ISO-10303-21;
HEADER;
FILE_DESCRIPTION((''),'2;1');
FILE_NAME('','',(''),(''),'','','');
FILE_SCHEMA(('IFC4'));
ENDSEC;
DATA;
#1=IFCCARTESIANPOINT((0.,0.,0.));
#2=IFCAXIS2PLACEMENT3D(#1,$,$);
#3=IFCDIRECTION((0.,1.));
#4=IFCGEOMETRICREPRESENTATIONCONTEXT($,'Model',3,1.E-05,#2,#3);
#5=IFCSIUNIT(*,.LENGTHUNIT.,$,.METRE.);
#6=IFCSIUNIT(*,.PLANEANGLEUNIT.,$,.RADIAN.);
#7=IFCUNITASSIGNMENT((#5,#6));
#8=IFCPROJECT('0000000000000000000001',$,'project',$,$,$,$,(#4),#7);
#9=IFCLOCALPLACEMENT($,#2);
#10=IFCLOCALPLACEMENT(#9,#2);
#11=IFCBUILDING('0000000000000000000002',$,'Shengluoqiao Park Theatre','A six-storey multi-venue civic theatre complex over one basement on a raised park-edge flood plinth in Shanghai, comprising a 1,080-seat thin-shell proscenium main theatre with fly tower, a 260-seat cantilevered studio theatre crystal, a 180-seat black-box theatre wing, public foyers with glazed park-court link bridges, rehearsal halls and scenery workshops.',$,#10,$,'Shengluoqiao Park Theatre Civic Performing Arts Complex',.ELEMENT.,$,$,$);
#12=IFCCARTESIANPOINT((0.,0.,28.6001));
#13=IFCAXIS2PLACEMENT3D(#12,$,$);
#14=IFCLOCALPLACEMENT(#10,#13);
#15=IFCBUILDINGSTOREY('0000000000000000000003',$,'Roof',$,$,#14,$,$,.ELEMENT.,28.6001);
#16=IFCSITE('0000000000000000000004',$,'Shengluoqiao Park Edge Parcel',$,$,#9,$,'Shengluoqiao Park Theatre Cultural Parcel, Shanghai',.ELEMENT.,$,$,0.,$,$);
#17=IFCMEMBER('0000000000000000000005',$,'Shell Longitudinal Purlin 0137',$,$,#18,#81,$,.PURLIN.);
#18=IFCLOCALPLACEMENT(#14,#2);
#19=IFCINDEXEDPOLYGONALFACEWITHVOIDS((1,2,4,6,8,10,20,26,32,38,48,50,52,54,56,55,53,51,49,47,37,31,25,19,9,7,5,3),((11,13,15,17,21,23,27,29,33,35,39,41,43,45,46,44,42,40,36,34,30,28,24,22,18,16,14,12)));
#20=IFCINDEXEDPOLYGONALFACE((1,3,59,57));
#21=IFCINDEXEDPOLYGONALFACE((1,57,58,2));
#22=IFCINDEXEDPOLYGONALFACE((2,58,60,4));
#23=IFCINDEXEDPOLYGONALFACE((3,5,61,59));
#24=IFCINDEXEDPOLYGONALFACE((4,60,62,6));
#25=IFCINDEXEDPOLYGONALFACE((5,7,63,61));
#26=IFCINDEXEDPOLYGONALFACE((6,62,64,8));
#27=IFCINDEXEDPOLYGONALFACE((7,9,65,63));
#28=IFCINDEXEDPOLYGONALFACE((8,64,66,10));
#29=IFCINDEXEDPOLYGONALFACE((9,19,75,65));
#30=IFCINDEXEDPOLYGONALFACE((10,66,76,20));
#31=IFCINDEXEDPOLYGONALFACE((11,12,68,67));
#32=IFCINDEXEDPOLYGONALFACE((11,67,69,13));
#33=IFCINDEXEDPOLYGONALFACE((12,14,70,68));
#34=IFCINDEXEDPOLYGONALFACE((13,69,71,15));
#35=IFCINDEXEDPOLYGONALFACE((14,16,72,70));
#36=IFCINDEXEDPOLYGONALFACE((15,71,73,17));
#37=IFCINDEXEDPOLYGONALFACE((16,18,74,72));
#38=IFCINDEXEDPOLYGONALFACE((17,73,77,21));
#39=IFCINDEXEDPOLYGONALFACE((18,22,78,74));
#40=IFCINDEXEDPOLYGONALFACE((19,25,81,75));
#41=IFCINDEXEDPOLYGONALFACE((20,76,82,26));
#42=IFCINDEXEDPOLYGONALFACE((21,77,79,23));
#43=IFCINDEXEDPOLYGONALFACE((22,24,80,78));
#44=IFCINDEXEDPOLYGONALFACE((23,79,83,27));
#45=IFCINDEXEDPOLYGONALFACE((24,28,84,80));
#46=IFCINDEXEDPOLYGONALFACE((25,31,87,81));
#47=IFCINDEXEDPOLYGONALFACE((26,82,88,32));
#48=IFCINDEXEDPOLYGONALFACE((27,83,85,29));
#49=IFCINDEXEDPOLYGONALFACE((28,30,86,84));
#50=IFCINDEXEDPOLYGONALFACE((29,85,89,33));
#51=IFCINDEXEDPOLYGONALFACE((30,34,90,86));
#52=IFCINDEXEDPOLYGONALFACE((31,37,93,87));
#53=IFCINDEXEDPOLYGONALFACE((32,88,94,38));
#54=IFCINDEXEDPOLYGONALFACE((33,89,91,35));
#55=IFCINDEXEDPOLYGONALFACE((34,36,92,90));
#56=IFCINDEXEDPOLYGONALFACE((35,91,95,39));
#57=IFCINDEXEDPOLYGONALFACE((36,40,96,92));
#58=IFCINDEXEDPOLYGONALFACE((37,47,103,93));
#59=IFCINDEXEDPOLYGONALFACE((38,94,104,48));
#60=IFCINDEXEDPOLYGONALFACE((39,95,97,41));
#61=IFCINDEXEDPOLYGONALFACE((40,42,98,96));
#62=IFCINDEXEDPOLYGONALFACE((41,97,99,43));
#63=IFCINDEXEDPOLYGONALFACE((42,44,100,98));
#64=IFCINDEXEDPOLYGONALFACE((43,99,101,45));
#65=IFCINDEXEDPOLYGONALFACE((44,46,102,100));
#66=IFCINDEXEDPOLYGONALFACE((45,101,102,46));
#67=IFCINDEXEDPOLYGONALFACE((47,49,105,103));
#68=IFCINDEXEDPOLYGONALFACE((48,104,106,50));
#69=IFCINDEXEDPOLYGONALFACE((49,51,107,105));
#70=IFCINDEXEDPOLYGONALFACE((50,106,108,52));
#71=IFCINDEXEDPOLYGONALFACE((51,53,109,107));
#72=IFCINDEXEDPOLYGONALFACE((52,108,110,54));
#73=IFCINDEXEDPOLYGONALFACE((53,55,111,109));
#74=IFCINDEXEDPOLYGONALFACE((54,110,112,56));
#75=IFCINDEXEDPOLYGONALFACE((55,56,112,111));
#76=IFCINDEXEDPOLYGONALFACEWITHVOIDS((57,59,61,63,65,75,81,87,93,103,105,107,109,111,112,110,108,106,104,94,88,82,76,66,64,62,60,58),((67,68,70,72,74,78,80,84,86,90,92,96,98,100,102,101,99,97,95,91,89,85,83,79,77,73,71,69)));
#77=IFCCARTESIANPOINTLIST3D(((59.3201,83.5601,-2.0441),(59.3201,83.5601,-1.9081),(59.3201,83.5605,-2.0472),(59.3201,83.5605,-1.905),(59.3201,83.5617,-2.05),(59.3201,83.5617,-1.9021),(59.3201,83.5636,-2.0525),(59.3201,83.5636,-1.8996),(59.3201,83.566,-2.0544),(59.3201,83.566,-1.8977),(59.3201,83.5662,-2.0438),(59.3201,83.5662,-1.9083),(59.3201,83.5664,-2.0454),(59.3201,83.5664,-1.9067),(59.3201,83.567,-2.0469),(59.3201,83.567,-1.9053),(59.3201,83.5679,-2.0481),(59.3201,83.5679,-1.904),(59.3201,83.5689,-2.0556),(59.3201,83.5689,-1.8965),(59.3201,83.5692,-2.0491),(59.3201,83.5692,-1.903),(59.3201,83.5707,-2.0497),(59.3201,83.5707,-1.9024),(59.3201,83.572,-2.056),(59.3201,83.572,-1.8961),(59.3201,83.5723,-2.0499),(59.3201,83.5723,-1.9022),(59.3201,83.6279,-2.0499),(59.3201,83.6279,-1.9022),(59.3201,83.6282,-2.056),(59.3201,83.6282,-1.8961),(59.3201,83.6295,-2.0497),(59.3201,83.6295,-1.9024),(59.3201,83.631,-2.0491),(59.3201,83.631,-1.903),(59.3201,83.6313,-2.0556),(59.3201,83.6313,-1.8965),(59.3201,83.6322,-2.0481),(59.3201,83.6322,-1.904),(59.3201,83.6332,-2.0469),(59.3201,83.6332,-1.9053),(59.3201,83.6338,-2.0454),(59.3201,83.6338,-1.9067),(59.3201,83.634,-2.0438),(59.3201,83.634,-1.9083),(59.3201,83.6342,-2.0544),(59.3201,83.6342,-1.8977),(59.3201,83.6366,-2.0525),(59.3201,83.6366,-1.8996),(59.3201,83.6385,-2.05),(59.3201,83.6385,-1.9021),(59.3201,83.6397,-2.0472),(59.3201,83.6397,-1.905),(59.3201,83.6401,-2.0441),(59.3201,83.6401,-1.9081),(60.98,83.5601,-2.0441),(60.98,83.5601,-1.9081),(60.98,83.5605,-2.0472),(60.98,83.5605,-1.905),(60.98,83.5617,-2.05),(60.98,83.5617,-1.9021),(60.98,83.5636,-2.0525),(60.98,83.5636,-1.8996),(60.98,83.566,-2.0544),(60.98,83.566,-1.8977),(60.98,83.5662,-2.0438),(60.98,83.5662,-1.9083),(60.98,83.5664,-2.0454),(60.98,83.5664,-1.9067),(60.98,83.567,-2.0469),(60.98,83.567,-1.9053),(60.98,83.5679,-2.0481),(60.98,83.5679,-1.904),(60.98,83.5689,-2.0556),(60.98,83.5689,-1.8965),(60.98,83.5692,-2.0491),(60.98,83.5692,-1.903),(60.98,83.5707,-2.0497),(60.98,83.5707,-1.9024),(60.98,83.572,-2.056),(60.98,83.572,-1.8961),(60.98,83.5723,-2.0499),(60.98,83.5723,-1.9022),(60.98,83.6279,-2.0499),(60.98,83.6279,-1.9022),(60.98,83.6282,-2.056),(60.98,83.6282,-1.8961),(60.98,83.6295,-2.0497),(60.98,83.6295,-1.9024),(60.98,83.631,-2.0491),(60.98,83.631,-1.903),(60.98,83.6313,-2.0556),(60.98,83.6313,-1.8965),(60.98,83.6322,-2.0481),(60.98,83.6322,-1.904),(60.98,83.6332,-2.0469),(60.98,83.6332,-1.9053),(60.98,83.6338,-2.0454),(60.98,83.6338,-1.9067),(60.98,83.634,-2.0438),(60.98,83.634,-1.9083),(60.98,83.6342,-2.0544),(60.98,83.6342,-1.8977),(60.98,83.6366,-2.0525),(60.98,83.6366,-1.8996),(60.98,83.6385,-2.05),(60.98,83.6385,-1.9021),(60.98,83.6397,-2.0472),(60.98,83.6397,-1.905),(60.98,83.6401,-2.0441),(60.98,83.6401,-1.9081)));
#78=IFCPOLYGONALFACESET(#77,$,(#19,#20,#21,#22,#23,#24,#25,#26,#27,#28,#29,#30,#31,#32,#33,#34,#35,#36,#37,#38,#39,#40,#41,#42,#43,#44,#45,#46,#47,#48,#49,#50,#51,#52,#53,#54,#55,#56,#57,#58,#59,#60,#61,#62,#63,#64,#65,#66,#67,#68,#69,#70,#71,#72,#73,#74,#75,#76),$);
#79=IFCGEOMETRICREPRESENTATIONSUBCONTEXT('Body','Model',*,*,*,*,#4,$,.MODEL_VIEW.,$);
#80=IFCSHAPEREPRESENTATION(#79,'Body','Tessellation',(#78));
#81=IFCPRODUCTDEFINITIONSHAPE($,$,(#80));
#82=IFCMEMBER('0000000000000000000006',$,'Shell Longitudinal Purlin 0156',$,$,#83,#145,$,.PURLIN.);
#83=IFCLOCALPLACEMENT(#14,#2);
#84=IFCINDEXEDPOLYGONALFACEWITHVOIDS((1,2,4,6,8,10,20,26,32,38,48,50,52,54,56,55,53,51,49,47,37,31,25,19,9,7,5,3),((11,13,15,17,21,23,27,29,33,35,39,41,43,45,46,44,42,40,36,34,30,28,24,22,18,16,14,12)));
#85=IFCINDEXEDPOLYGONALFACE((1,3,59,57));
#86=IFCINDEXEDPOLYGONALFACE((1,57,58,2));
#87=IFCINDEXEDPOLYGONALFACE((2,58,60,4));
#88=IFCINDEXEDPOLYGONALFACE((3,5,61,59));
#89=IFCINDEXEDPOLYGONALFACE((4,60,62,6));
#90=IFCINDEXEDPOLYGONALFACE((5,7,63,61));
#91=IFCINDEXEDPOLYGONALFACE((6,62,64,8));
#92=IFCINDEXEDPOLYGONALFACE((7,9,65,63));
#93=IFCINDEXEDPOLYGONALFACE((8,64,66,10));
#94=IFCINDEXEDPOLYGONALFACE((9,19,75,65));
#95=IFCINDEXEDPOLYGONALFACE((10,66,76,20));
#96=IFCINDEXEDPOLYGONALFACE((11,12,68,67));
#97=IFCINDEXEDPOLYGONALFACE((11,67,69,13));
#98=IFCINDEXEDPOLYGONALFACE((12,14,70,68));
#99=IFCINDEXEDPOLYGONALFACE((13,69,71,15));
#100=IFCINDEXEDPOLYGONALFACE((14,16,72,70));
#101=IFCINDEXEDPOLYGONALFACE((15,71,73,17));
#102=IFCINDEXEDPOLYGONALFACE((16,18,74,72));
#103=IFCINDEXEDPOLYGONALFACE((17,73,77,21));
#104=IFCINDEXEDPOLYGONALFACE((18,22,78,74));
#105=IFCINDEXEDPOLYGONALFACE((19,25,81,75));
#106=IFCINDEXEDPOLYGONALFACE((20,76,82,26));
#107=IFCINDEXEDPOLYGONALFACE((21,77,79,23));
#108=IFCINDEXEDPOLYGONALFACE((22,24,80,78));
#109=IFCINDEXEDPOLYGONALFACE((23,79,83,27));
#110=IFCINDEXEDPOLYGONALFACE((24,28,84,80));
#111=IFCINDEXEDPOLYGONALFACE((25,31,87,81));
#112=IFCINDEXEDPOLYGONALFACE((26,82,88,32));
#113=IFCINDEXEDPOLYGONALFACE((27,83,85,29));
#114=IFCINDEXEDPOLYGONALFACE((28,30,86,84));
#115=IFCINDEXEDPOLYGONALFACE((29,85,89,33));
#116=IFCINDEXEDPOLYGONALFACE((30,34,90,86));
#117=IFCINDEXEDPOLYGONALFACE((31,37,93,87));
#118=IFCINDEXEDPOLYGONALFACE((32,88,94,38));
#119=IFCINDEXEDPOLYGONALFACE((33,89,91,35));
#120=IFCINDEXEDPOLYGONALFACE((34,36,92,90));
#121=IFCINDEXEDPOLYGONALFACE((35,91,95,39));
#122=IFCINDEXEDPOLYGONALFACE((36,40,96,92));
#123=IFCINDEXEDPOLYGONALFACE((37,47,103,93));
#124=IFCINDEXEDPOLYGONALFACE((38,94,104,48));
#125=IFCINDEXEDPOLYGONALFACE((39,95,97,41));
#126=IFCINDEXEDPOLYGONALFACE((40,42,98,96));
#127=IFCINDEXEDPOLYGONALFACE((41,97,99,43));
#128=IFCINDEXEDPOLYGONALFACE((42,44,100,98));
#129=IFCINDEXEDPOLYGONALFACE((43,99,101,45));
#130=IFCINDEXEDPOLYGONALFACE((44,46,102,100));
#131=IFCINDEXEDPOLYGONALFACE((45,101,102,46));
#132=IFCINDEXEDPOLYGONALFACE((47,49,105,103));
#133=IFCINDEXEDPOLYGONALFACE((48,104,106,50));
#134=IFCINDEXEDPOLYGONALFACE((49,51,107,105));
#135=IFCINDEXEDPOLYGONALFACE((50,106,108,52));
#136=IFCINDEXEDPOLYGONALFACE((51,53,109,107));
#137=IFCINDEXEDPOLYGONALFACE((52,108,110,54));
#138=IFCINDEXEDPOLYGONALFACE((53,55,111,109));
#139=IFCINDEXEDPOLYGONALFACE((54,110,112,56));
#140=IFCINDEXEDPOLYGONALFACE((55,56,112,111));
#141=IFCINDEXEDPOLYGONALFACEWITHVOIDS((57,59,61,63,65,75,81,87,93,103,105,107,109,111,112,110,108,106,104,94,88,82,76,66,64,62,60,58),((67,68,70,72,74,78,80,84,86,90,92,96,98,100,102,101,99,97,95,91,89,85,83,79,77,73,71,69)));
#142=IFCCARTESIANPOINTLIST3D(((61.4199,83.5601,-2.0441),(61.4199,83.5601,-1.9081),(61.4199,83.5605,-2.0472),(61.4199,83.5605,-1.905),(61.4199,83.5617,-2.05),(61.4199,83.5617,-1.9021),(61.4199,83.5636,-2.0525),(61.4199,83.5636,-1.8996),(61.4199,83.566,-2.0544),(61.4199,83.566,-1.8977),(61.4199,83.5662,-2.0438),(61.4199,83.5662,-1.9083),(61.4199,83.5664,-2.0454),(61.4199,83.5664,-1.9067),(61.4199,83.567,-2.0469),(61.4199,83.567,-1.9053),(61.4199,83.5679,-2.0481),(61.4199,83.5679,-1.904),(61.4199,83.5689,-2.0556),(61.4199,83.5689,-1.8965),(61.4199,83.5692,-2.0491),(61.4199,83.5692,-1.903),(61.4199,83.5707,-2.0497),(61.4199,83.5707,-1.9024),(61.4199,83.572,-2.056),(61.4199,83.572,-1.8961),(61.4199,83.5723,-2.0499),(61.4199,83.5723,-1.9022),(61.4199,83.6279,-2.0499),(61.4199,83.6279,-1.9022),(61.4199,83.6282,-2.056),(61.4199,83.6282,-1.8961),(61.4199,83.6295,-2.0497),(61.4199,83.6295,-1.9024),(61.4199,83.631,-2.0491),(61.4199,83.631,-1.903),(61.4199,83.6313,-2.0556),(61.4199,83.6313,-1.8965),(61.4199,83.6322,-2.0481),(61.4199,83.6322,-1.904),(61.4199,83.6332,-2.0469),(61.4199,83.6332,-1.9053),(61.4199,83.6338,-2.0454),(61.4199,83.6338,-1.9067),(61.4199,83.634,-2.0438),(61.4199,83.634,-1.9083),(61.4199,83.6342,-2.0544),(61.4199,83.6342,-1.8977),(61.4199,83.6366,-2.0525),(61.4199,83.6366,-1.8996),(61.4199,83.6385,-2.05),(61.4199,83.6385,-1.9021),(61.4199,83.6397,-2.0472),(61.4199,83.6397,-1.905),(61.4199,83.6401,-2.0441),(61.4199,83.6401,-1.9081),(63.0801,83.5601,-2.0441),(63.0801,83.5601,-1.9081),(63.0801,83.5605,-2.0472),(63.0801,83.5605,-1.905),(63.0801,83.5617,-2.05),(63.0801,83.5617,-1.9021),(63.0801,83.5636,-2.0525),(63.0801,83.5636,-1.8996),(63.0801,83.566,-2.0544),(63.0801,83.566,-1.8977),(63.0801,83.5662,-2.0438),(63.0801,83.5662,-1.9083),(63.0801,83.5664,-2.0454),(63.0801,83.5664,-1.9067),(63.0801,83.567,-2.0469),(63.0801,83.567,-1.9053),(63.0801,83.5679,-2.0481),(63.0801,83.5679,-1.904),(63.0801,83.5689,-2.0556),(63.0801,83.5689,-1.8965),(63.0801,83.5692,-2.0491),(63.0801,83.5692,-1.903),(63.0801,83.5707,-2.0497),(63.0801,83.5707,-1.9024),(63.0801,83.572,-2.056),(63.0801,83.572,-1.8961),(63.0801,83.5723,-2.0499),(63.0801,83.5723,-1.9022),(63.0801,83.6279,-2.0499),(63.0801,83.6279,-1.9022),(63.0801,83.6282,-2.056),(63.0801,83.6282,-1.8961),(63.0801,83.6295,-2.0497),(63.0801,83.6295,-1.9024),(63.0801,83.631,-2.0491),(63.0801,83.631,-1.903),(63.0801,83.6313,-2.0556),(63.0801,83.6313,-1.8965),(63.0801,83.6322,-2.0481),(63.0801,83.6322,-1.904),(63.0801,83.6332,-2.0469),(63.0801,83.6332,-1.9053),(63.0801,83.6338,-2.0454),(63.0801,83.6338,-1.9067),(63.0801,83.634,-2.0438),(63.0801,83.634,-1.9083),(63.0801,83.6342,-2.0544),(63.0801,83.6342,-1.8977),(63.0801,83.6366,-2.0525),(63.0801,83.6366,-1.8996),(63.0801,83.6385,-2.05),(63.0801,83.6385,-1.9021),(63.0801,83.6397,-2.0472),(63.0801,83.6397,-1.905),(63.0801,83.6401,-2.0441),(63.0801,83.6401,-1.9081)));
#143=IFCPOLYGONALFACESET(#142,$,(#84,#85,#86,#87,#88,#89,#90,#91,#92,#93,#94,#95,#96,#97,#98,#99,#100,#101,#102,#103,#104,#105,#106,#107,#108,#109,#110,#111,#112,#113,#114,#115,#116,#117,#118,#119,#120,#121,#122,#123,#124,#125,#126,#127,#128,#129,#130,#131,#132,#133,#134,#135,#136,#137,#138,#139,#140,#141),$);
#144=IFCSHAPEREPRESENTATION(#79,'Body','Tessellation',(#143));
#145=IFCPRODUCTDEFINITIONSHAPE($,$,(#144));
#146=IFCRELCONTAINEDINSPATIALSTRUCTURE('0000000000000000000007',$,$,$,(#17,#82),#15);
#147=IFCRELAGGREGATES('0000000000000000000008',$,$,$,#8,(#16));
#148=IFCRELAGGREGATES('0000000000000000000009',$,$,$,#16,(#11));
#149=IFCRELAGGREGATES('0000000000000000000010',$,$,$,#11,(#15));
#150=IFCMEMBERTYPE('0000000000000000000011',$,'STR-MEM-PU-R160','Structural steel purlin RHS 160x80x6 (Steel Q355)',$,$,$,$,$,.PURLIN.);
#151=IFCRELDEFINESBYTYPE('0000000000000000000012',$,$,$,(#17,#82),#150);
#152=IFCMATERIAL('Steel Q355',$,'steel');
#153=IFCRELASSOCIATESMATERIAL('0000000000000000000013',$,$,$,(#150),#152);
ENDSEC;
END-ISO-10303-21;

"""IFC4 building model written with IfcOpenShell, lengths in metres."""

from ifc_helpers import new_model, si_unit, direction, frame, origin, origin_2d, place, context, subcontext, project, spatial, hollow_rectangle, extrude, material, material_profile, profile_set, type_object, element, save


model = new_model("IFC4")

# Units and contexts
model_context = context("Model", 3, precision=1e-05, world=origin(), true_north=direction((0.0, 1.0)))
body_context = subcontext(model_context, "Body", "Model", "MODEL_VIEW")
ifc_project = project(units=[si_unit("LENGTHUNIT", "METRE"), si_unit("PLANEANGLEUNIT", "RADIAN")], contexts=[model_context])

# Site, building, storey
site_placement = place(None, origin())
site = spatial("IfcSite", under=ifc_project, at=site_placement, Name="Shengluoqiao Park Edge Parcel", LongName="Shengluoqiao Park Theatre Cultural Parcel, Shanghai", CompositionType="ELEMENT", RefElevation=0.0)
building_placement = place(site_placement, origin())
building = spatial("IfcBuilding", under=site, at=building_placement, Name="Shengluoqiao Park Theatre", Description="A six-storey multi-venue civic theatre complex over one basement on a raised park-edge flood plinth in Shanghai, comprising a 1,080-seat thin-shell proscenium main theatre with fly tower, a 260-seat cantilevered studio theatre crystal, a 180-seat black-box theatre wing, public foyers with glazed park-court link bridges, rehearsal halls and scenery workshops.", LongName="Shengluoqiao Park Theatre Civic Performing Arts Complex", CompositionType="ELEMENT")
storey_placement = place(building_placement, frame((0.0, 0.0, 28.6001)))
storey = spatial("IfcBuildingStorey", under=building, at=storey_placement, Name="Roof", CompositionType="ELEMENT", Elevation=28.6001)

# Shared definitions
ifc_material_1 = material(Name="Steel Q355", Category="steel")

# Members
ifc_material_profile_1 = material_profile(ifc_material_1, hollow_rectangle(XDim=0.0801, YDim=0.1599, WallThickness=0.0061, InnerFilletRadius=0.0061, OuterFilletRadius=0.012, at=origin_2d()), Name="RHS 160x80x6")
ifc_profile_set_1 = profile_set([ifc_material_profile_1], Name="Steel Q355")
member_type_1 = type_object("IfcMemberType", Name="STR-MEM-PU-R160", Description="Structural steel purlin RHS 160x80x6 (Steel Q355)", PredefinedType="PURLIN", material=ifc_profile_set_1)
for number, where, z_axis, x_axis, name in (
    (1, (59.3201, 83.6001, -1.9761), (1.0, 0.0, 0.0), (0.0, 1.0, 0.0), "Shell Longitudinal Purlin 0137"),
):
    element("IfcMember", number, at=place(storey_placement, frame(where, z_axis=z_axis, x_axis=x_axis)), inside=storey, type_object=member_type_1, Name=name, PredefinedType="PURLIN", context=body_context, shape_type="SweptSolid", body=[
        extrude(hollow_rectangle(XDim=0.0801, YDim=0.1599, WallThickness=0.0061, InnerFilletRadius=0.0061, OuterFilletRadius=0.012, at=origin_2d()), origin(), (0.0, 0.0, 1.0), 1.6599),
    ])
member_1_placement = place(storey_placement, frame((61.4199, 83.6001, -1.9761), z_axis=(1.0, 0.0, 0.0), x_axis=(0.0, 1.0, 0.0)))
element("IfcMember", 2, at=member_1_placement, inside=storey, type_object=member_type_1, Name="Shell Longitudinal Purlin 0156", PredefinedType="PURLIN", context=body_context, shape_type="SweptSolid", body=[
    extrude(hollow_rectangle(XDim=0.0801, YDim=0.1599, WallThickness=0.0061, InnerFilletRadius=0.0061, OuterFilletRadius=0.012, at=origin_2d()), origin(), (0.0, 0.0, 1.0), 1.6602),
])

save(model, "model.ifc")
